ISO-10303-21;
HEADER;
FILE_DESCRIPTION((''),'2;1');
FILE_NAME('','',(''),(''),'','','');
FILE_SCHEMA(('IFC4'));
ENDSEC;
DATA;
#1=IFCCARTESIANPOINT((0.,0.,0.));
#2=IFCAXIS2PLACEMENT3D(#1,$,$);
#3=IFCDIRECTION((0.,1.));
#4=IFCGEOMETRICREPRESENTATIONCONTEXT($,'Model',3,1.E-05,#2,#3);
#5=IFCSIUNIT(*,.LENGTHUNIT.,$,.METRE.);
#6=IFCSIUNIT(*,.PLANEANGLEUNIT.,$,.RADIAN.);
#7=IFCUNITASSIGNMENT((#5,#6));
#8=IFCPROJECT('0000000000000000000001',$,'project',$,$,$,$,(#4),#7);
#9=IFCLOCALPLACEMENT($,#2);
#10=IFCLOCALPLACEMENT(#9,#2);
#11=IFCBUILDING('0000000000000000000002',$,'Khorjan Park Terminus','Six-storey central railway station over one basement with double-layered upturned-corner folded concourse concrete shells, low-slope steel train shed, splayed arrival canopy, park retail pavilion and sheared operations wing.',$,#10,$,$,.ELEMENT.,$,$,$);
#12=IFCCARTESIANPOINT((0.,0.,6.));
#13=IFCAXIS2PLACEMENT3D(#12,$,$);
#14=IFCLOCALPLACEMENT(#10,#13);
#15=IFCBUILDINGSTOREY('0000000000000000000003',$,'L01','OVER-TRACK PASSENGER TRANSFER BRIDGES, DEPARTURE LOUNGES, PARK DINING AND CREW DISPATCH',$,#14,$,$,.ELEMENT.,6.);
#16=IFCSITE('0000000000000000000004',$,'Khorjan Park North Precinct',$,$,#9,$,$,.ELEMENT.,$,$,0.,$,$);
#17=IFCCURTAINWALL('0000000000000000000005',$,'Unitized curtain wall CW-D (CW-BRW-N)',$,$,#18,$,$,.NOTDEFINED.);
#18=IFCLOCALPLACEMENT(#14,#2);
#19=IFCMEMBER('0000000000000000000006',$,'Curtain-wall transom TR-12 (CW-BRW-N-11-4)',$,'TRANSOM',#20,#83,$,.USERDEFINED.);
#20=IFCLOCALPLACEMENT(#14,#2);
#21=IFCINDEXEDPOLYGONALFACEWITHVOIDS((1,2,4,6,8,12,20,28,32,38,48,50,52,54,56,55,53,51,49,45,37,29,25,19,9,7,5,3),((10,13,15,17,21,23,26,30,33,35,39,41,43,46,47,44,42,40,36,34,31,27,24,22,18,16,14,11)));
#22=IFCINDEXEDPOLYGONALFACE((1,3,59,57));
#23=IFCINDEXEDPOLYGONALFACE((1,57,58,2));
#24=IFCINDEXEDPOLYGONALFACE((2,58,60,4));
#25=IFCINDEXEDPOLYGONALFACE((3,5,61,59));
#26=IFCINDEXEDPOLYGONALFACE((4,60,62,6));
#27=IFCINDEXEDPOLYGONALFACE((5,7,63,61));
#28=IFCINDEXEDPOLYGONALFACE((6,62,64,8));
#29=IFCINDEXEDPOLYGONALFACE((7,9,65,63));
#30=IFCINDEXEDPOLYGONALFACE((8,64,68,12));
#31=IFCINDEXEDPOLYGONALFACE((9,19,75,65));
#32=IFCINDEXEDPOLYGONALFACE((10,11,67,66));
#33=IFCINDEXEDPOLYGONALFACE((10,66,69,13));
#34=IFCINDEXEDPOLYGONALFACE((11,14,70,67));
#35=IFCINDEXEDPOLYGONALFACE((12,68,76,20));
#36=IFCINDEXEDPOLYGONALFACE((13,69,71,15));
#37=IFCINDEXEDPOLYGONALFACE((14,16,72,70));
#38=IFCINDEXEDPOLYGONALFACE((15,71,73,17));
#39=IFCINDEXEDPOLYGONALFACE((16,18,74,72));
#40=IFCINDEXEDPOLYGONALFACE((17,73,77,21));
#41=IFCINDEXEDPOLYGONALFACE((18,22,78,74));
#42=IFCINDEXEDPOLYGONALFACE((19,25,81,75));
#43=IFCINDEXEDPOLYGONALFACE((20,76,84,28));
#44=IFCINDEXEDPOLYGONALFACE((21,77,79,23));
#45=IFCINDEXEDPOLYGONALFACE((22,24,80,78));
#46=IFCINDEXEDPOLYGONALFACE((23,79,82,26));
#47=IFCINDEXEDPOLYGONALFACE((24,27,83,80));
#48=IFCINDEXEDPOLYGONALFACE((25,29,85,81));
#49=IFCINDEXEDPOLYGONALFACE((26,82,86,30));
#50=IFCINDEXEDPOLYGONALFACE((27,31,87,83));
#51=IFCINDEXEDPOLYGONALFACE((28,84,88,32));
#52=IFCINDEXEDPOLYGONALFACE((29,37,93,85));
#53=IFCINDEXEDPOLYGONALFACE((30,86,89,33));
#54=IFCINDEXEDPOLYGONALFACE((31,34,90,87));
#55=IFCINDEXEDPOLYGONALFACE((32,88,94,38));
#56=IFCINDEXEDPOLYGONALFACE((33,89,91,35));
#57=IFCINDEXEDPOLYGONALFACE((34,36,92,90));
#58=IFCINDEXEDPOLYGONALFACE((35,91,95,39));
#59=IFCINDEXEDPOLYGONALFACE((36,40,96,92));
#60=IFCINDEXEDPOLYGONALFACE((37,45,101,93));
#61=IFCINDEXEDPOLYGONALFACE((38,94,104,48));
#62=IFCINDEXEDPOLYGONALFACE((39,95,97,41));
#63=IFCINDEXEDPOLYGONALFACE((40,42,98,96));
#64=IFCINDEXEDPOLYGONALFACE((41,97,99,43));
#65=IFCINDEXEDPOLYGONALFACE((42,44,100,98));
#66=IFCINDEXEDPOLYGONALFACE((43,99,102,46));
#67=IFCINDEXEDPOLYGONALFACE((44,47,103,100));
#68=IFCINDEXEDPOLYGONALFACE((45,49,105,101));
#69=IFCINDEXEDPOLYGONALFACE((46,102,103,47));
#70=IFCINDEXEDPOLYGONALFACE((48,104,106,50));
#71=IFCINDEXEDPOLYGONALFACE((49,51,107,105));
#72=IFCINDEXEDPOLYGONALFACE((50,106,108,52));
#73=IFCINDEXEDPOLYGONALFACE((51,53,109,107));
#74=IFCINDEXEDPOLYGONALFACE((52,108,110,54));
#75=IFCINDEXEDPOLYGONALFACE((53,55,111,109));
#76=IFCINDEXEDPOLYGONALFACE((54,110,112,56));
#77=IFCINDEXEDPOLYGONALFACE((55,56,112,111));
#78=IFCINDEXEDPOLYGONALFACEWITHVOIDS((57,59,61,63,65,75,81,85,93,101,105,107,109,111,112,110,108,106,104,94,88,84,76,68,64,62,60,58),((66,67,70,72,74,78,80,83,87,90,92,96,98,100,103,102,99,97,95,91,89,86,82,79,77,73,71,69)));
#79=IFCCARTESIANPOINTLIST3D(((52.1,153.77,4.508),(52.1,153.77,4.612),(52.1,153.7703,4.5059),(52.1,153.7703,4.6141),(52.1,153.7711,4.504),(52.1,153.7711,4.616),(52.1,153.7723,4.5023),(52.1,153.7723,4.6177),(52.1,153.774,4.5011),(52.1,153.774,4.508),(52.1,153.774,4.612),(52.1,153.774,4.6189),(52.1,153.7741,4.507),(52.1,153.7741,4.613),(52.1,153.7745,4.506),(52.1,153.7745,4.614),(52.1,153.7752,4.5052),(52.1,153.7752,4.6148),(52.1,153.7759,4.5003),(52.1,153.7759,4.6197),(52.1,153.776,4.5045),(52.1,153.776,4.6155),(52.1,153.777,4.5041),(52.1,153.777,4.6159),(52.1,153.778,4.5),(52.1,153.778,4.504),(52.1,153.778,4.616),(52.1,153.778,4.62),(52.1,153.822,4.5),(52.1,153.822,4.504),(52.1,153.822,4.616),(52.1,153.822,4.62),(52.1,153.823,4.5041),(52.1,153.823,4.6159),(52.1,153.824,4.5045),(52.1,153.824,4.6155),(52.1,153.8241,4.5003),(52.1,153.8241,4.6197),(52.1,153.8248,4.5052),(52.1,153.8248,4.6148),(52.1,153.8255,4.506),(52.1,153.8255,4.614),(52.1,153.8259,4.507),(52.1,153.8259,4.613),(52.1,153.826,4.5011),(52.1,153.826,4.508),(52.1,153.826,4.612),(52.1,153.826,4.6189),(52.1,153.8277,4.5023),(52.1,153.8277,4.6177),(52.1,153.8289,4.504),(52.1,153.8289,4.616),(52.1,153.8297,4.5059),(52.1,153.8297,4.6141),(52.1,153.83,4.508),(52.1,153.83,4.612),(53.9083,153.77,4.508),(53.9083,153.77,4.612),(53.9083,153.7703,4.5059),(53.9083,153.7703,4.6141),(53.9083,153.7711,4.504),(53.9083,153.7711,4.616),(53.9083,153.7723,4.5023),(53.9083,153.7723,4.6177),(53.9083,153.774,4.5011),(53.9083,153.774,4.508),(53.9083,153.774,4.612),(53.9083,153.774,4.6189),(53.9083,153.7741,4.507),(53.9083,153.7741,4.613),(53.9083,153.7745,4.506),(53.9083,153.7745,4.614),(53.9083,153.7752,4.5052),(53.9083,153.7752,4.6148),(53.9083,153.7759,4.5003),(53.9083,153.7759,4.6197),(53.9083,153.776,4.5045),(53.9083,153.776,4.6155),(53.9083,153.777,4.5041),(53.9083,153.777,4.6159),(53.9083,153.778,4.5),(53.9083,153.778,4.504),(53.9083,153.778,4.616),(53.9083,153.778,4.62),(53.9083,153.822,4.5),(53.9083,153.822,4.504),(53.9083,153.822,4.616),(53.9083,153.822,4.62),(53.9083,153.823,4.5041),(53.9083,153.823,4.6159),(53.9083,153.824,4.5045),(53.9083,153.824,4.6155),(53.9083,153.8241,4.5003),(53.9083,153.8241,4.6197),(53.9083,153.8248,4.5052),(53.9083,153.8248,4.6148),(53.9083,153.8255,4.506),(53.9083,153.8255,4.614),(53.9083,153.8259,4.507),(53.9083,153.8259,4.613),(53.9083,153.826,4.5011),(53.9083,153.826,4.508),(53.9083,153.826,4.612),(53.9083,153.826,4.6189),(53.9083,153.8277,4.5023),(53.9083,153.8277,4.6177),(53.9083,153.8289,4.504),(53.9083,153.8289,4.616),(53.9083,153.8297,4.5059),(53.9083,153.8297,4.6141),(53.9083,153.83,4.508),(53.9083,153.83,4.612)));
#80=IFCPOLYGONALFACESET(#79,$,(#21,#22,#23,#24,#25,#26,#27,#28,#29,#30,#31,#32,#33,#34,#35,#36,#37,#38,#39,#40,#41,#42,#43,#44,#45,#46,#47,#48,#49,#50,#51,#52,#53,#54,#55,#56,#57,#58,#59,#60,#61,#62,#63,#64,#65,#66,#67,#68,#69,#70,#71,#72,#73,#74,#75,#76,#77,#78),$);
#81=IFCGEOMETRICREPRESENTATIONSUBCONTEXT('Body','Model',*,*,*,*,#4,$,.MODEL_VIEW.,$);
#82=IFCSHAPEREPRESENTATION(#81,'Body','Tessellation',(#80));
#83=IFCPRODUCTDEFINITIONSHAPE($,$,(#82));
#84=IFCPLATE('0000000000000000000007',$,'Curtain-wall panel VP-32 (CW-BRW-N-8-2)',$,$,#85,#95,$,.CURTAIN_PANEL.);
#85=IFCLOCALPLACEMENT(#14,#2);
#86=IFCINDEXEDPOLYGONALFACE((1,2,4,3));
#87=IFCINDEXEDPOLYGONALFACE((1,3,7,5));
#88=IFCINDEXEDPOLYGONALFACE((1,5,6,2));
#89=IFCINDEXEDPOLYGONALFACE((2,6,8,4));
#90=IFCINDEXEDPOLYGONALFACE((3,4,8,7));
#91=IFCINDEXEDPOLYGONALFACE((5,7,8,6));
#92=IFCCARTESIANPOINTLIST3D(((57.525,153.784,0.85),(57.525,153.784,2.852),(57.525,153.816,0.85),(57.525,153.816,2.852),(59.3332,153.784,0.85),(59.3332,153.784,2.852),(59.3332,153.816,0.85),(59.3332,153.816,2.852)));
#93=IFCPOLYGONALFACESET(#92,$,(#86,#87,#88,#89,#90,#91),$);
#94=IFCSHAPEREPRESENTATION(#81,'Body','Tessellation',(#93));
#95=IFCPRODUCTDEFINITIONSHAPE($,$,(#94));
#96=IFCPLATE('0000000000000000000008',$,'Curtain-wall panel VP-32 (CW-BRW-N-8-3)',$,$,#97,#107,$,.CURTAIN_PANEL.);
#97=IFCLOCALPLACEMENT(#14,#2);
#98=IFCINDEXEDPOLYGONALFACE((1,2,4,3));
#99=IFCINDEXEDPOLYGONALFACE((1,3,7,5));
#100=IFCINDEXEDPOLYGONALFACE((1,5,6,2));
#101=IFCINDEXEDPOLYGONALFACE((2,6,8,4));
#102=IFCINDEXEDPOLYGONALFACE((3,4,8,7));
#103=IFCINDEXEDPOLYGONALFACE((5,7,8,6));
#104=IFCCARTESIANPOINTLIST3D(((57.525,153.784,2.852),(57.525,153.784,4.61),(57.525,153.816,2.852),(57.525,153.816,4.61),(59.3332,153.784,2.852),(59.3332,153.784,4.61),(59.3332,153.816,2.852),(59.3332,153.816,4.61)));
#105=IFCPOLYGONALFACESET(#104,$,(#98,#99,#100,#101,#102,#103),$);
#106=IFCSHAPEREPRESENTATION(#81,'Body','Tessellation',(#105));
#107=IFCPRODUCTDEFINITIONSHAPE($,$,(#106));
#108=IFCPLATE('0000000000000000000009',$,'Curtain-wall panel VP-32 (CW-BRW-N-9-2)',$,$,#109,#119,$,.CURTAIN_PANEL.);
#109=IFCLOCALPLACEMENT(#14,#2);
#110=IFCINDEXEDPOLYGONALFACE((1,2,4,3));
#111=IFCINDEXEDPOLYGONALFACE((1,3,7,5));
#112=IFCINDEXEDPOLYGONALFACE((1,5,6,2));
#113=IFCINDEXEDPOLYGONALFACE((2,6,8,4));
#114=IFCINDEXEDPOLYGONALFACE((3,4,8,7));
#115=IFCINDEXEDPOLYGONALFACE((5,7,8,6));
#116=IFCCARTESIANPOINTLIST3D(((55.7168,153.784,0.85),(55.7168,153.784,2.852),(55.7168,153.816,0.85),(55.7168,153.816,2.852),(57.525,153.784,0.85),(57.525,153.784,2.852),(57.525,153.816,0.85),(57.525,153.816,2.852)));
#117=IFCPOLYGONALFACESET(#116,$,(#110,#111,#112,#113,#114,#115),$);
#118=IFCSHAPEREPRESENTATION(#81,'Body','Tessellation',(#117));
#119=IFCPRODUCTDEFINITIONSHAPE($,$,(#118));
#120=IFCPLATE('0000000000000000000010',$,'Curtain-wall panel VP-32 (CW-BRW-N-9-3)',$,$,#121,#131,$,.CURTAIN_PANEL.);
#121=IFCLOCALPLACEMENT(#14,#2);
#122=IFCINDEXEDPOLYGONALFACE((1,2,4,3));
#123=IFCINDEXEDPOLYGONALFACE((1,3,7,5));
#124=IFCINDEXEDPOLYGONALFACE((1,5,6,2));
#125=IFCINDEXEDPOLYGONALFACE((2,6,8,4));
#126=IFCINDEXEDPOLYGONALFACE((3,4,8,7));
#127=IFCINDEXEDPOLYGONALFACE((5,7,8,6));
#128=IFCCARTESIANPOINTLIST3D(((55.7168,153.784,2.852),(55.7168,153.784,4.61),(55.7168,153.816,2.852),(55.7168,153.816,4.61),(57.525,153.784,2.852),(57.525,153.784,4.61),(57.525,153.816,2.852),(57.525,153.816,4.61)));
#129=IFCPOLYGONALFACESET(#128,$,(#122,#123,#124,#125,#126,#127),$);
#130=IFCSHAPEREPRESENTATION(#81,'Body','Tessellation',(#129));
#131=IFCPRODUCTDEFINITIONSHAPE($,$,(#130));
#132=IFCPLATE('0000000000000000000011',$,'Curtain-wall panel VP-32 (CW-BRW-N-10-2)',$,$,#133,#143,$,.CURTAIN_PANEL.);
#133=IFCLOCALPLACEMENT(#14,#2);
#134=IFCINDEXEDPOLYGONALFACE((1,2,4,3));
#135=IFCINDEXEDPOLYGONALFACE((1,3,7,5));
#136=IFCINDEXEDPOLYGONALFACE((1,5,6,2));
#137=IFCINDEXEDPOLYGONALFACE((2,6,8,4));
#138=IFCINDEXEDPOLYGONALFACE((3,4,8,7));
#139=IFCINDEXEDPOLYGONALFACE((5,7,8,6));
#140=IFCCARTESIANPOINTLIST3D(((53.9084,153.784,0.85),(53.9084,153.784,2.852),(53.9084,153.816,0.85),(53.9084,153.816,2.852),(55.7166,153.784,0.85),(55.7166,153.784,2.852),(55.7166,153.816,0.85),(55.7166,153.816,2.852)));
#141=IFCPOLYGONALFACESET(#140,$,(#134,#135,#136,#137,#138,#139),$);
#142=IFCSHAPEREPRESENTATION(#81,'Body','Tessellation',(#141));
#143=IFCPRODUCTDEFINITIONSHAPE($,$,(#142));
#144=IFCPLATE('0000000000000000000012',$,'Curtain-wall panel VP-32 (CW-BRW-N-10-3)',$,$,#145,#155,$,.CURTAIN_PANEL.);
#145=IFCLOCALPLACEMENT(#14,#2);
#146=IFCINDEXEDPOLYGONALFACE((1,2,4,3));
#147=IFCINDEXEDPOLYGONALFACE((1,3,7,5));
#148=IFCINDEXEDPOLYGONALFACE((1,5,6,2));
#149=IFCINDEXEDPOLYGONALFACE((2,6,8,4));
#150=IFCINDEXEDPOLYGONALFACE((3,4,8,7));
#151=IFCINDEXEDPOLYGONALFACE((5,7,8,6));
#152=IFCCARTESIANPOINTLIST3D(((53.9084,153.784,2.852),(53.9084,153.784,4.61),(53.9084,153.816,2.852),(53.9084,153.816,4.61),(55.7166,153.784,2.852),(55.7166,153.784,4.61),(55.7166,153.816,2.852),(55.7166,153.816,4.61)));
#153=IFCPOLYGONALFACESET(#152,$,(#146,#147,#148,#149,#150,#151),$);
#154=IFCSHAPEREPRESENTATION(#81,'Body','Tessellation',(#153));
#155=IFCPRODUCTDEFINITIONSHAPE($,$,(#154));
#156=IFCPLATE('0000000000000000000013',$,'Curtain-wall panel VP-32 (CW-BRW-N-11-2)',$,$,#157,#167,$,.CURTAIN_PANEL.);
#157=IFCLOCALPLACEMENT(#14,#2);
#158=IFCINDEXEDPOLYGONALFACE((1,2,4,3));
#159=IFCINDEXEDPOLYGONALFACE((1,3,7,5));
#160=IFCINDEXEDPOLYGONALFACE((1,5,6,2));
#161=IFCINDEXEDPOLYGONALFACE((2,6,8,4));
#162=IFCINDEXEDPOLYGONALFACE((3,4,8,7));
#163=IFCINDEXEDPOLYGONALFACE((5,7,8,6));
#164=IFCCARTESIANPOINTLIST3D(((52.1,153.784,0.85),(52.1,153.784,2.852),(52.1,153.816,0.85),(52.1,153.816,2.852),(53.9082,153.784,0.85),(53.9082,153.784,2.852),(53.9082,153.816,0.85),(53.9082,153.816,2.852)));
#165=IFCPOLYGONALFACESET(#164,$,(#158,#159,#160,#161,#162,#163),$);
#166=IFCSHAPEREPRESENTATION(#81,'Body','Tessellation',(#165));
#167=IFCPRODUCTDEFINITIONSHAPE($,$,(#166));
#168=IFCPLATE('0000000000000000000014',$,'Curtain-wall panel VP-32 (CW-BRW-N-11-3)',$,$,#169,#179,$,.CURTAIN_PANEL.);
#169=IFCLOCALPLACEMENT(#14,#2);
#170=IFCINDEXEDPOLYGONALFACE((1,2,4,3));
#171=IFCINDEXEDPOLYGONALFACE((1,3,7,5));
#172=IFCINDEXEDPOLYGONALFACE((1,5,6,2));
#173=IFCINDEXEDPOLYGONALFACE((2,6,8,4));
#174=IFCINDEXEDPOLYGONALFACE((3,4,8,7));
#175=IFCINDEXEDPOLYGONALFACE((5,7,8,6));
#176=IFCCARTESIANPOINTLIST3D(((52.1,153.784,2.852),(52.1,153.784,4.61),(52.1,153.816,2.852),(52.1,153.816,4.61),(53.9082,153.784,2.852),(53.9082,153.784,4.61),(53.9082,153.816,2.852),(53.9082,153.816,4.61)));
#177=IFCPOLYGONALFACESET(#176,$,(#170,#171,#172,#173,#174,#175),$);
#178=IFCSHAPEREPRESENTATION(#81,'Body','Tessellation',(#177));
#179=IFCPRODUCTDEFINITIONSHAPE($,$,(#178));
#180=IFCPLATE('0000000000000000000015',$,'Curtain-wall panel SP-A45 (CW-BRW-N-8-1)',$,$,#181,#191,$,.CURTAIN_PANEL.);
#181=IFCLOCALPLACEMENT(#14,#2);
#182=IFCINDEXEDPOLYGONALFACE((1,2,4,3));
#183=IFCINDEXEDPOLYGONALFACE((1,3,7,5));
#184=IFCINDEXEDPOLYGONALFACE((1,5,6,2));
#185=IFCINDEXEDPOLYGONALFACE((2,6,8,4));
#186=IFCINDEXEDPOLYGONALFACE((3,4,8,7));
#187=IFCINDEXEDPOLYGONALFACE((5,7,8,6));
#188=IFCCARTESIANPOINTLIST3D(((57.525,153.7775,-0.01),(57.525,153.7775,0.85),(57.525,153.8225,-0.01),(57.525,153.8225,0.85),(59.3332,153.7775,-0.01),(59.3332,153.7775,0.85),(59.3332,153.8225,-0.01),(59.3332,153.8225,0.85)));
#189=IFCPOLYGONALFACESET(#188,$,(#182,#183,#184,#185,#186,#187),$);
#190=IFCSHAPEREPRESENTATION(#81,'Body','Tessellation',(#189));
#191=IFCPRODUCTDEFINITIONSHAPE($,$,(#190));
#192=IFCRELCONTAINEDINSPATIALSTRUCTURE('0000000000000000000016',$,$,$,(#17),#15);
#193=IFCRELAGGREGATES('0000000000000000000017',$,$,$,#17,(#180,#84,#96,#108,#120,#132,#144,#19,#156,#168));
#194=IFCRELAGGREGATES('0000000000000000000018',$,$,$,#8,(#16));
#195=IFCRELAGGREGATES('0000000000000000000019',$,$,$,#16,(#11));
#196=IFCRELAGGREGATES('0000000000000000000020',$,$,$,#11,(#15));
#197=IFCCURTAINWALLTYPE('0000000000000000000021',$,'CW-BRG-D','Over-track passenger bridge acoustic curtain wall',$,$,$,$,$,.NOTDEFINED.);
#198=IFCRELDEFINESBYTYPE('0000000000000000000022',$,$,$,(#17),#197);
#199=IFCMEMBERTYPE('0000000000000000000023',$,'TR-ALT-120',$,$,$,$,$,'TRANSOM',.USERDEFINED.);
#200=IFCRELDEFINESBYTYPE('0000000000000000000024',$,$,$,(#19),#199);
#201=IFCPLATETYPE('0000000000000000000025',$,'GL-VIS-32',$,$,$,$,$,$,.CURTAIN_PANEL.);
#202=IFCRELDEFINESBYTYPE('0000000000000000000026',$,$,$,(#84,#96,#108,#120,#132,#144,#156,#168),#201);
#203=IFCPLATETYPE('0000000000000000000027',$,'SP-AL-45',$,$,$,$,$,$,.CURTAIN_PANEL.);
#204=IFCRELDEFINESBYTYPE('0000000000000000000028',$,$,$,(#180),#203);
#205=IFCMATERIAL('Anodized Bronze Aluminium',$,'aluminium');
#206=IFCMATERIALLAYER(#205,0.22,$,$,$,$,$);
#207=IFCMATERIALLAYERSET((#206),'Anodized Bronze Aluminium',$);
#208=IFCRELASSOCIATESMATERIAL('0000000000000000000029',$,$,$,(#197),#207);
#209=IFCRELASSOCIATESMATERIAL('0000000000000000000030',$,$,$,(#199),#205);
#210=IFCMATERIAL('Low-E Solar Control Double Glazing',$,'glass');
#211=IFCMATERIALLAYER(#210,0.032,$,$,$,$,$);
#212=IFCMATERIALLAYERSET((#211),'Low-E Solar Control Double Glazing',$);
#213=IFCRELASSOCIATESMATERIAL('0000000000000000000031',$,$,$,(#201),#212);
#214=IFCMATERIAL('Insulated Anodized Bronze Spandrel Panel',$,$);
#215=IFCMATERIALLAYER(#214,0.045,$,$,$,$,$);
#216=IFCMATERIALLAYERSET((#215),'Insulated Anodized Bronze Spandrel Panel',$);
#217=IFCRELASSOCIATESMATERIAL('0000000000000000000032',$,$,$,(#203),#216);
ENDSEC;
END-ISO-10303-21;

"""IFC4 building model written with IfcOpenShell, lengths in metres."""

from ifc_helpers import new_model, si_unit, direction, frame, origin, origin_2d, place, context, subcontext, project, spatial, rectangle, hollow_rectangle, extrude, material, layer, layer_set, material_profile, profile_set, type_object, element, aggregate, save


model = new_model("IFC4")

# Units and contexts
model_context = context("Model", 3, precision=1e-05, world=origin(), true_north=direction((0.0, 1.0)))
body_context = subcontext(model_context, "Body", "Model", "MODEL_VIEW")
ifc_project = project(units=[si_unit("LENGTHUNIT", "METRE"), si_unit("PLANEANGLEUNIT", "RADIAN")], contexts=[model_context])

# Site, building, storey
site_placement = place(None, origin())
site = spatial("IfcSite", under=ifc_project, at=site_placement, Name="Khorjan Park North Precinct", CompositionType="ELEMENT", RefElevation=0.0)
building_placement = place(site_placement, origin())
building = spatial("IfcBuilding", under=site, at=building_placement, Name="Khorjan Park Terminus", Description="Six-storey central railway station over one basement with double-layered upturned-corner folded concourse concrete shells, low-slope steel train shed, splayed arrival canopy, park retail pavilion and sheared operations wing.", CompositionType="ELEMENT")
storey_placement = place(building_placement, frame((0.0, 0.0, 6.0)))
storey = spatial("IfcBuildingStorey", under=building, at=storey_placement, Name="L01", Description="OVER-TRACK PASSENGER TRANSFER BRIDGES, DEPARTURE LOUNGES, PARK DINING AND CREW DISPATCH", CompositionType="ELEMENT", Elevation=6.0)

# Curtain wall
ifc_material_1 = material(Name="Anodized Bronze Aluminium", Category="aluminium")
ifc_layer_1 = layer(ifc_material_1, 0.22)
ifc_layer_set_1 = layer_set([ifc_layer_1], Name="Anodized Bronze Aluminium")
curtain_wall_type = type_object("IfcCurtainWallType", Name="CW-BRG-D", Description="Over-track passenger bridge acoustic curtain wall", PredefinedType="NOTDEFINED", material=ifc_layer_set_1)
curtain_wall_1_placement = place(storey_placement, origin())
curtain_wall_1 = element("IfcCurtainWall", 1, at=curtain_wall_1_placement, inside=storey, type_object=curtain_wall_type, Name="Unitized curtain wall CW-D (CW-BRW-N)", PredefinedType="NOTDEFINED")
ifc_material_profile_1 = material_profile(ifc_material_1, hollow_rectangle(XDim=0.06, YDim=0.12, WallThickness=0.004, InnerFilletRadius=0.004, OuterFilletRadius=0.008, at=origin_2d()), Name="ALT 60x120x4")
ifc_profile_set_1 = profile_set([ifc_material_profile_1], Name="Anodized Bronze Aluminium")
member_type_1 = type_object("IfcMemberType", Name="TR-ALT-120", ElementType="TRANSOM", PredefinedType="USERDEFINED", material=ifc_profile_set_1)

# Member
member_1_placement = place(storey_placement, frame((53.9083, 153.8, 4.56), z_axis=(-1.0, 0.0, 0.0), x_axis=(0.0, -1.0, 0.0)))
member_1 = element("IfcMember", 2, at=member_1_placement, type_object=member_type_1, Name="Curtain-wall transom TR-12 (CW-BRW-N-11-4)", ObjectType="TRANSOM", PredefinedType="USERDEFINED", context=body_context, shape_type="SweptSolid", body=[
    extrude(hollow_rectangle(XDim=0.06, YDim=0.12, WallThickness=0.004, InnerFilletRadius=0.004, OuterFilletRadius=0.008, at=origin_2d()), origin(), (0.0, 0.0, 1.0), 1.8083),
])

# Plates
ifc_material_2 = material(Name="Low-E Solar Control Double Glazing", Category="glass")
ifc_layer_2 = layer(ifc_material_2, 0.032)
ifc_layer_set_2 = layer_set([ifc_layer_2], Name="Low-E Solar Control Double Glazing")
plate_type_1 = type_object("IfcPlateType", Name="GL-VIS-32", PredefinedType="CURTAIN_PANEL", material=ifc_layer_set_2)
plate_1_placement = place(storey_placement, frame((58.4291, 153.8, 0.85), z_axis=(0.0, 0.0, 1.0), x_axis=(-1.0, 0.0, 0.0)))
plate_1 = element("IfcPlate", 3, at=plate_1_placement, type_object=plate_type_1, Name="Curtain-wall panel VP-32 (CW-BRW-N-8-2)", PredefinedType="CURTAIN_PANEL", context=body_context, shape_type="SweptSolid", body=[
    extrude(rectangle(XDim=1.8083, YDim=0.032, at=origin_2d()), origin(), (0.0, 0.0, 1.0), 2.002),
])
plate_2_placement = place(storey_placement, frame((58.4291, 153.8, 2.852), z_axis=(0.0, 0.0, 1.0), x_axis=(-1.0, 0.0, 0.0)))
plate_2 = element("IfcPlate", 4, at=plate_2_placement, type_object=plate_type_1, Name="Curtain-wall panel VP-32 (CW-BRW-N-8-3)", PredefinedType="CURTAIN_PANEL", context=body_context, shape_type="SweptSolid", body=[
    extrude(rectangle(XDim=1.8083, YDim=0.032, at=origin_2d()), origin(), (0.0, 0.0, 1.0), 1.758),
])
plate_3_placement = place(storey_placement, frame((56.6209, 153.8, 0.85), z_axis=(0.0, 0.0, 1.0), x_axis=(-1.0, 0.0, 0.0)))
plate_3 = element("IfcPlate", 5, at=plate_3_placement, type_object=plate_type_1, Name="Curtain-wall panel VP-32 (CW-BRW-N-9-2)", PredefinedType="CURTAIN_PANEL", context=body_context, shape_type="SweptSolid", body=[
    extrude(rectangle(XDim=1.8083, YDim=0.032, at=origin_2d()), origin(), (0.0, 0.0, 1.0), 2.002),
])
plate_4_placement = place(storey_placement, frame((56.6209, 153.8, 2.852), z_axis=(0.0, 0.0, 1.0), x_axis=(-1.0, 0.0, 0.0)))
plate_4 = element("IfcPlate", 6, at=plate_4_placement, type_object=plate_type_1, Name="Curtain-wall panel VP-32 (CW-BRW-N-9-3)", PredefinedType="CURTAIN_PANEL", context=body_context, shape_type="SweptSolid", body=[
    extrude(rectangle(XDim=1.8083, YDim=0.032, at=origin_2d()), origin(), (0.0, 0.0, 1.0), 1.758),
])
plate_5_placement = place(storey_placement, frame((54.8125, 153.8, 0.85), z_axis=(0.0, 0.0, 1.0), x_axis=(-1.0, 0.0, 0.0)))
plate_5 = element("IfcPlate", 7, at=plate_5_placement, type_object=plate_type_1, Name="Curtain-wall panel VP-32 (CW-BRW-N-10-2)", PredefinedType="CURTAIN_PANEL", context=body_context, shape_type="SweptSolid", body=[
    extrude(rectangle(XDim=1.8083, YDim=0.032, at=origin_2d()), origin(), (0.0, 0.0, 1.0), 2.002),
])
plate_6_placement = place(storey_placement, frame((54.8125, 153.8, 2.852), z_axis=(0.0, 0.0, 1.0), x_axis=(-1.0, 0.0, 0.0)))
plate_6 = element("IfcPlate", 8, at=plate_6_placement, type_object=plate_type_1, Name="Curtain-wall panel VP-32 (CW-BRW-N-10-3)", PredefinedType="CURTAIN_PANEL", context=body_context, shape_type="SweptSolid", body=[
    extrude(rectangle(XDim=1.8083, YDim=0.032, at=origin_2d()), origin(), (0.0, 0.0, 1.0), 1.758),
])
plate_7_placement = place(storey_placement, frame((53.0041, 153.8, 0.85), z_axis=(0.0, 0.0, 1.0), x_axis=(-1.0, 0.0, 0.0)))
plate_7 = element("IfcPlate", 9, at=plate_7_placement, type_object=plate_type_1, Name="Curtain-wall panel VP-32 (CW-BRW-N-11-2)", PredefinedType="CURTAIN_PANEL", context=body_context, shape_type="SweptSolid", body=[
    extrude(rectangle(XDim=1.8083, YDim=0.032, at=origin_2d()), origin(), (0.0, 0.0, 1.0), 2.002),
])
plate_8_placement = place(storey_placement, frame((53.0041, 153.8, 2.852), z_axis=(0.0, 0.0, 1.0), x_axis=(-1.0, 0.0, 0.0)))
plate_8 = element("IfcPlate", 10, at=plate_8_placement, type_object=plate_type_1, Name="Curtain-wall panel VP-32 (CW-BRW-N-11-3)", PredefinedType="CURTAIN_PANEL", context=body_context, shape_type="SweptSolid", body=[
    extrude(rectangle(XDim=1.8083, YDim=0.032, at=origin_2d()), origin(), (0.0, 0.0, 1.0), 1.758),
])
ifc_material_3 = material(Name="Insulated Anodized Bronze Spandrel Panel")
ifc_layer_3 = layer(ifc_material_3, 0.045)
ifc_layer_set_3 = layer_set([ifc_layer_3], Name="Insulated Anodized Bronze Spandrel Panel")
plate_type_2 = type_object("IfcPlateType", Name="SP-AL-45", PredefinedType="CURTAIN_PANEL", material=ifc_layer_set_3)
plate_9_placement = place(storey_placement, frame((58.4291, 153.8, -0.01), z_axis=(0.0, 0.0, 1.0), x_axis=(-1.0, 0.0, 0.0)))
plate_9 = element("IfcPlate", 11, at=plate_9_placement, type_object=plate_type_2, Name="Curtain-wall panel SP-A45 (CW-BRW-N-8-1)", PredefinedType="CURTAIN_PANEL", context=body_context, shape_type="SweptSolid", body=[
    extrude(rectangle(XDim=1.8083, YDim=0.045, at=origin_2d()), origin(), (0.0, 0.0, 1.0), 0.86),
])
aggregate(curtain_wall_1, [plate_9, plate_1, plate_2, plate_3, plate_4, plate_5, plate_6, member_1, plate_7, plate_8])

save(model, "model.ifc")
